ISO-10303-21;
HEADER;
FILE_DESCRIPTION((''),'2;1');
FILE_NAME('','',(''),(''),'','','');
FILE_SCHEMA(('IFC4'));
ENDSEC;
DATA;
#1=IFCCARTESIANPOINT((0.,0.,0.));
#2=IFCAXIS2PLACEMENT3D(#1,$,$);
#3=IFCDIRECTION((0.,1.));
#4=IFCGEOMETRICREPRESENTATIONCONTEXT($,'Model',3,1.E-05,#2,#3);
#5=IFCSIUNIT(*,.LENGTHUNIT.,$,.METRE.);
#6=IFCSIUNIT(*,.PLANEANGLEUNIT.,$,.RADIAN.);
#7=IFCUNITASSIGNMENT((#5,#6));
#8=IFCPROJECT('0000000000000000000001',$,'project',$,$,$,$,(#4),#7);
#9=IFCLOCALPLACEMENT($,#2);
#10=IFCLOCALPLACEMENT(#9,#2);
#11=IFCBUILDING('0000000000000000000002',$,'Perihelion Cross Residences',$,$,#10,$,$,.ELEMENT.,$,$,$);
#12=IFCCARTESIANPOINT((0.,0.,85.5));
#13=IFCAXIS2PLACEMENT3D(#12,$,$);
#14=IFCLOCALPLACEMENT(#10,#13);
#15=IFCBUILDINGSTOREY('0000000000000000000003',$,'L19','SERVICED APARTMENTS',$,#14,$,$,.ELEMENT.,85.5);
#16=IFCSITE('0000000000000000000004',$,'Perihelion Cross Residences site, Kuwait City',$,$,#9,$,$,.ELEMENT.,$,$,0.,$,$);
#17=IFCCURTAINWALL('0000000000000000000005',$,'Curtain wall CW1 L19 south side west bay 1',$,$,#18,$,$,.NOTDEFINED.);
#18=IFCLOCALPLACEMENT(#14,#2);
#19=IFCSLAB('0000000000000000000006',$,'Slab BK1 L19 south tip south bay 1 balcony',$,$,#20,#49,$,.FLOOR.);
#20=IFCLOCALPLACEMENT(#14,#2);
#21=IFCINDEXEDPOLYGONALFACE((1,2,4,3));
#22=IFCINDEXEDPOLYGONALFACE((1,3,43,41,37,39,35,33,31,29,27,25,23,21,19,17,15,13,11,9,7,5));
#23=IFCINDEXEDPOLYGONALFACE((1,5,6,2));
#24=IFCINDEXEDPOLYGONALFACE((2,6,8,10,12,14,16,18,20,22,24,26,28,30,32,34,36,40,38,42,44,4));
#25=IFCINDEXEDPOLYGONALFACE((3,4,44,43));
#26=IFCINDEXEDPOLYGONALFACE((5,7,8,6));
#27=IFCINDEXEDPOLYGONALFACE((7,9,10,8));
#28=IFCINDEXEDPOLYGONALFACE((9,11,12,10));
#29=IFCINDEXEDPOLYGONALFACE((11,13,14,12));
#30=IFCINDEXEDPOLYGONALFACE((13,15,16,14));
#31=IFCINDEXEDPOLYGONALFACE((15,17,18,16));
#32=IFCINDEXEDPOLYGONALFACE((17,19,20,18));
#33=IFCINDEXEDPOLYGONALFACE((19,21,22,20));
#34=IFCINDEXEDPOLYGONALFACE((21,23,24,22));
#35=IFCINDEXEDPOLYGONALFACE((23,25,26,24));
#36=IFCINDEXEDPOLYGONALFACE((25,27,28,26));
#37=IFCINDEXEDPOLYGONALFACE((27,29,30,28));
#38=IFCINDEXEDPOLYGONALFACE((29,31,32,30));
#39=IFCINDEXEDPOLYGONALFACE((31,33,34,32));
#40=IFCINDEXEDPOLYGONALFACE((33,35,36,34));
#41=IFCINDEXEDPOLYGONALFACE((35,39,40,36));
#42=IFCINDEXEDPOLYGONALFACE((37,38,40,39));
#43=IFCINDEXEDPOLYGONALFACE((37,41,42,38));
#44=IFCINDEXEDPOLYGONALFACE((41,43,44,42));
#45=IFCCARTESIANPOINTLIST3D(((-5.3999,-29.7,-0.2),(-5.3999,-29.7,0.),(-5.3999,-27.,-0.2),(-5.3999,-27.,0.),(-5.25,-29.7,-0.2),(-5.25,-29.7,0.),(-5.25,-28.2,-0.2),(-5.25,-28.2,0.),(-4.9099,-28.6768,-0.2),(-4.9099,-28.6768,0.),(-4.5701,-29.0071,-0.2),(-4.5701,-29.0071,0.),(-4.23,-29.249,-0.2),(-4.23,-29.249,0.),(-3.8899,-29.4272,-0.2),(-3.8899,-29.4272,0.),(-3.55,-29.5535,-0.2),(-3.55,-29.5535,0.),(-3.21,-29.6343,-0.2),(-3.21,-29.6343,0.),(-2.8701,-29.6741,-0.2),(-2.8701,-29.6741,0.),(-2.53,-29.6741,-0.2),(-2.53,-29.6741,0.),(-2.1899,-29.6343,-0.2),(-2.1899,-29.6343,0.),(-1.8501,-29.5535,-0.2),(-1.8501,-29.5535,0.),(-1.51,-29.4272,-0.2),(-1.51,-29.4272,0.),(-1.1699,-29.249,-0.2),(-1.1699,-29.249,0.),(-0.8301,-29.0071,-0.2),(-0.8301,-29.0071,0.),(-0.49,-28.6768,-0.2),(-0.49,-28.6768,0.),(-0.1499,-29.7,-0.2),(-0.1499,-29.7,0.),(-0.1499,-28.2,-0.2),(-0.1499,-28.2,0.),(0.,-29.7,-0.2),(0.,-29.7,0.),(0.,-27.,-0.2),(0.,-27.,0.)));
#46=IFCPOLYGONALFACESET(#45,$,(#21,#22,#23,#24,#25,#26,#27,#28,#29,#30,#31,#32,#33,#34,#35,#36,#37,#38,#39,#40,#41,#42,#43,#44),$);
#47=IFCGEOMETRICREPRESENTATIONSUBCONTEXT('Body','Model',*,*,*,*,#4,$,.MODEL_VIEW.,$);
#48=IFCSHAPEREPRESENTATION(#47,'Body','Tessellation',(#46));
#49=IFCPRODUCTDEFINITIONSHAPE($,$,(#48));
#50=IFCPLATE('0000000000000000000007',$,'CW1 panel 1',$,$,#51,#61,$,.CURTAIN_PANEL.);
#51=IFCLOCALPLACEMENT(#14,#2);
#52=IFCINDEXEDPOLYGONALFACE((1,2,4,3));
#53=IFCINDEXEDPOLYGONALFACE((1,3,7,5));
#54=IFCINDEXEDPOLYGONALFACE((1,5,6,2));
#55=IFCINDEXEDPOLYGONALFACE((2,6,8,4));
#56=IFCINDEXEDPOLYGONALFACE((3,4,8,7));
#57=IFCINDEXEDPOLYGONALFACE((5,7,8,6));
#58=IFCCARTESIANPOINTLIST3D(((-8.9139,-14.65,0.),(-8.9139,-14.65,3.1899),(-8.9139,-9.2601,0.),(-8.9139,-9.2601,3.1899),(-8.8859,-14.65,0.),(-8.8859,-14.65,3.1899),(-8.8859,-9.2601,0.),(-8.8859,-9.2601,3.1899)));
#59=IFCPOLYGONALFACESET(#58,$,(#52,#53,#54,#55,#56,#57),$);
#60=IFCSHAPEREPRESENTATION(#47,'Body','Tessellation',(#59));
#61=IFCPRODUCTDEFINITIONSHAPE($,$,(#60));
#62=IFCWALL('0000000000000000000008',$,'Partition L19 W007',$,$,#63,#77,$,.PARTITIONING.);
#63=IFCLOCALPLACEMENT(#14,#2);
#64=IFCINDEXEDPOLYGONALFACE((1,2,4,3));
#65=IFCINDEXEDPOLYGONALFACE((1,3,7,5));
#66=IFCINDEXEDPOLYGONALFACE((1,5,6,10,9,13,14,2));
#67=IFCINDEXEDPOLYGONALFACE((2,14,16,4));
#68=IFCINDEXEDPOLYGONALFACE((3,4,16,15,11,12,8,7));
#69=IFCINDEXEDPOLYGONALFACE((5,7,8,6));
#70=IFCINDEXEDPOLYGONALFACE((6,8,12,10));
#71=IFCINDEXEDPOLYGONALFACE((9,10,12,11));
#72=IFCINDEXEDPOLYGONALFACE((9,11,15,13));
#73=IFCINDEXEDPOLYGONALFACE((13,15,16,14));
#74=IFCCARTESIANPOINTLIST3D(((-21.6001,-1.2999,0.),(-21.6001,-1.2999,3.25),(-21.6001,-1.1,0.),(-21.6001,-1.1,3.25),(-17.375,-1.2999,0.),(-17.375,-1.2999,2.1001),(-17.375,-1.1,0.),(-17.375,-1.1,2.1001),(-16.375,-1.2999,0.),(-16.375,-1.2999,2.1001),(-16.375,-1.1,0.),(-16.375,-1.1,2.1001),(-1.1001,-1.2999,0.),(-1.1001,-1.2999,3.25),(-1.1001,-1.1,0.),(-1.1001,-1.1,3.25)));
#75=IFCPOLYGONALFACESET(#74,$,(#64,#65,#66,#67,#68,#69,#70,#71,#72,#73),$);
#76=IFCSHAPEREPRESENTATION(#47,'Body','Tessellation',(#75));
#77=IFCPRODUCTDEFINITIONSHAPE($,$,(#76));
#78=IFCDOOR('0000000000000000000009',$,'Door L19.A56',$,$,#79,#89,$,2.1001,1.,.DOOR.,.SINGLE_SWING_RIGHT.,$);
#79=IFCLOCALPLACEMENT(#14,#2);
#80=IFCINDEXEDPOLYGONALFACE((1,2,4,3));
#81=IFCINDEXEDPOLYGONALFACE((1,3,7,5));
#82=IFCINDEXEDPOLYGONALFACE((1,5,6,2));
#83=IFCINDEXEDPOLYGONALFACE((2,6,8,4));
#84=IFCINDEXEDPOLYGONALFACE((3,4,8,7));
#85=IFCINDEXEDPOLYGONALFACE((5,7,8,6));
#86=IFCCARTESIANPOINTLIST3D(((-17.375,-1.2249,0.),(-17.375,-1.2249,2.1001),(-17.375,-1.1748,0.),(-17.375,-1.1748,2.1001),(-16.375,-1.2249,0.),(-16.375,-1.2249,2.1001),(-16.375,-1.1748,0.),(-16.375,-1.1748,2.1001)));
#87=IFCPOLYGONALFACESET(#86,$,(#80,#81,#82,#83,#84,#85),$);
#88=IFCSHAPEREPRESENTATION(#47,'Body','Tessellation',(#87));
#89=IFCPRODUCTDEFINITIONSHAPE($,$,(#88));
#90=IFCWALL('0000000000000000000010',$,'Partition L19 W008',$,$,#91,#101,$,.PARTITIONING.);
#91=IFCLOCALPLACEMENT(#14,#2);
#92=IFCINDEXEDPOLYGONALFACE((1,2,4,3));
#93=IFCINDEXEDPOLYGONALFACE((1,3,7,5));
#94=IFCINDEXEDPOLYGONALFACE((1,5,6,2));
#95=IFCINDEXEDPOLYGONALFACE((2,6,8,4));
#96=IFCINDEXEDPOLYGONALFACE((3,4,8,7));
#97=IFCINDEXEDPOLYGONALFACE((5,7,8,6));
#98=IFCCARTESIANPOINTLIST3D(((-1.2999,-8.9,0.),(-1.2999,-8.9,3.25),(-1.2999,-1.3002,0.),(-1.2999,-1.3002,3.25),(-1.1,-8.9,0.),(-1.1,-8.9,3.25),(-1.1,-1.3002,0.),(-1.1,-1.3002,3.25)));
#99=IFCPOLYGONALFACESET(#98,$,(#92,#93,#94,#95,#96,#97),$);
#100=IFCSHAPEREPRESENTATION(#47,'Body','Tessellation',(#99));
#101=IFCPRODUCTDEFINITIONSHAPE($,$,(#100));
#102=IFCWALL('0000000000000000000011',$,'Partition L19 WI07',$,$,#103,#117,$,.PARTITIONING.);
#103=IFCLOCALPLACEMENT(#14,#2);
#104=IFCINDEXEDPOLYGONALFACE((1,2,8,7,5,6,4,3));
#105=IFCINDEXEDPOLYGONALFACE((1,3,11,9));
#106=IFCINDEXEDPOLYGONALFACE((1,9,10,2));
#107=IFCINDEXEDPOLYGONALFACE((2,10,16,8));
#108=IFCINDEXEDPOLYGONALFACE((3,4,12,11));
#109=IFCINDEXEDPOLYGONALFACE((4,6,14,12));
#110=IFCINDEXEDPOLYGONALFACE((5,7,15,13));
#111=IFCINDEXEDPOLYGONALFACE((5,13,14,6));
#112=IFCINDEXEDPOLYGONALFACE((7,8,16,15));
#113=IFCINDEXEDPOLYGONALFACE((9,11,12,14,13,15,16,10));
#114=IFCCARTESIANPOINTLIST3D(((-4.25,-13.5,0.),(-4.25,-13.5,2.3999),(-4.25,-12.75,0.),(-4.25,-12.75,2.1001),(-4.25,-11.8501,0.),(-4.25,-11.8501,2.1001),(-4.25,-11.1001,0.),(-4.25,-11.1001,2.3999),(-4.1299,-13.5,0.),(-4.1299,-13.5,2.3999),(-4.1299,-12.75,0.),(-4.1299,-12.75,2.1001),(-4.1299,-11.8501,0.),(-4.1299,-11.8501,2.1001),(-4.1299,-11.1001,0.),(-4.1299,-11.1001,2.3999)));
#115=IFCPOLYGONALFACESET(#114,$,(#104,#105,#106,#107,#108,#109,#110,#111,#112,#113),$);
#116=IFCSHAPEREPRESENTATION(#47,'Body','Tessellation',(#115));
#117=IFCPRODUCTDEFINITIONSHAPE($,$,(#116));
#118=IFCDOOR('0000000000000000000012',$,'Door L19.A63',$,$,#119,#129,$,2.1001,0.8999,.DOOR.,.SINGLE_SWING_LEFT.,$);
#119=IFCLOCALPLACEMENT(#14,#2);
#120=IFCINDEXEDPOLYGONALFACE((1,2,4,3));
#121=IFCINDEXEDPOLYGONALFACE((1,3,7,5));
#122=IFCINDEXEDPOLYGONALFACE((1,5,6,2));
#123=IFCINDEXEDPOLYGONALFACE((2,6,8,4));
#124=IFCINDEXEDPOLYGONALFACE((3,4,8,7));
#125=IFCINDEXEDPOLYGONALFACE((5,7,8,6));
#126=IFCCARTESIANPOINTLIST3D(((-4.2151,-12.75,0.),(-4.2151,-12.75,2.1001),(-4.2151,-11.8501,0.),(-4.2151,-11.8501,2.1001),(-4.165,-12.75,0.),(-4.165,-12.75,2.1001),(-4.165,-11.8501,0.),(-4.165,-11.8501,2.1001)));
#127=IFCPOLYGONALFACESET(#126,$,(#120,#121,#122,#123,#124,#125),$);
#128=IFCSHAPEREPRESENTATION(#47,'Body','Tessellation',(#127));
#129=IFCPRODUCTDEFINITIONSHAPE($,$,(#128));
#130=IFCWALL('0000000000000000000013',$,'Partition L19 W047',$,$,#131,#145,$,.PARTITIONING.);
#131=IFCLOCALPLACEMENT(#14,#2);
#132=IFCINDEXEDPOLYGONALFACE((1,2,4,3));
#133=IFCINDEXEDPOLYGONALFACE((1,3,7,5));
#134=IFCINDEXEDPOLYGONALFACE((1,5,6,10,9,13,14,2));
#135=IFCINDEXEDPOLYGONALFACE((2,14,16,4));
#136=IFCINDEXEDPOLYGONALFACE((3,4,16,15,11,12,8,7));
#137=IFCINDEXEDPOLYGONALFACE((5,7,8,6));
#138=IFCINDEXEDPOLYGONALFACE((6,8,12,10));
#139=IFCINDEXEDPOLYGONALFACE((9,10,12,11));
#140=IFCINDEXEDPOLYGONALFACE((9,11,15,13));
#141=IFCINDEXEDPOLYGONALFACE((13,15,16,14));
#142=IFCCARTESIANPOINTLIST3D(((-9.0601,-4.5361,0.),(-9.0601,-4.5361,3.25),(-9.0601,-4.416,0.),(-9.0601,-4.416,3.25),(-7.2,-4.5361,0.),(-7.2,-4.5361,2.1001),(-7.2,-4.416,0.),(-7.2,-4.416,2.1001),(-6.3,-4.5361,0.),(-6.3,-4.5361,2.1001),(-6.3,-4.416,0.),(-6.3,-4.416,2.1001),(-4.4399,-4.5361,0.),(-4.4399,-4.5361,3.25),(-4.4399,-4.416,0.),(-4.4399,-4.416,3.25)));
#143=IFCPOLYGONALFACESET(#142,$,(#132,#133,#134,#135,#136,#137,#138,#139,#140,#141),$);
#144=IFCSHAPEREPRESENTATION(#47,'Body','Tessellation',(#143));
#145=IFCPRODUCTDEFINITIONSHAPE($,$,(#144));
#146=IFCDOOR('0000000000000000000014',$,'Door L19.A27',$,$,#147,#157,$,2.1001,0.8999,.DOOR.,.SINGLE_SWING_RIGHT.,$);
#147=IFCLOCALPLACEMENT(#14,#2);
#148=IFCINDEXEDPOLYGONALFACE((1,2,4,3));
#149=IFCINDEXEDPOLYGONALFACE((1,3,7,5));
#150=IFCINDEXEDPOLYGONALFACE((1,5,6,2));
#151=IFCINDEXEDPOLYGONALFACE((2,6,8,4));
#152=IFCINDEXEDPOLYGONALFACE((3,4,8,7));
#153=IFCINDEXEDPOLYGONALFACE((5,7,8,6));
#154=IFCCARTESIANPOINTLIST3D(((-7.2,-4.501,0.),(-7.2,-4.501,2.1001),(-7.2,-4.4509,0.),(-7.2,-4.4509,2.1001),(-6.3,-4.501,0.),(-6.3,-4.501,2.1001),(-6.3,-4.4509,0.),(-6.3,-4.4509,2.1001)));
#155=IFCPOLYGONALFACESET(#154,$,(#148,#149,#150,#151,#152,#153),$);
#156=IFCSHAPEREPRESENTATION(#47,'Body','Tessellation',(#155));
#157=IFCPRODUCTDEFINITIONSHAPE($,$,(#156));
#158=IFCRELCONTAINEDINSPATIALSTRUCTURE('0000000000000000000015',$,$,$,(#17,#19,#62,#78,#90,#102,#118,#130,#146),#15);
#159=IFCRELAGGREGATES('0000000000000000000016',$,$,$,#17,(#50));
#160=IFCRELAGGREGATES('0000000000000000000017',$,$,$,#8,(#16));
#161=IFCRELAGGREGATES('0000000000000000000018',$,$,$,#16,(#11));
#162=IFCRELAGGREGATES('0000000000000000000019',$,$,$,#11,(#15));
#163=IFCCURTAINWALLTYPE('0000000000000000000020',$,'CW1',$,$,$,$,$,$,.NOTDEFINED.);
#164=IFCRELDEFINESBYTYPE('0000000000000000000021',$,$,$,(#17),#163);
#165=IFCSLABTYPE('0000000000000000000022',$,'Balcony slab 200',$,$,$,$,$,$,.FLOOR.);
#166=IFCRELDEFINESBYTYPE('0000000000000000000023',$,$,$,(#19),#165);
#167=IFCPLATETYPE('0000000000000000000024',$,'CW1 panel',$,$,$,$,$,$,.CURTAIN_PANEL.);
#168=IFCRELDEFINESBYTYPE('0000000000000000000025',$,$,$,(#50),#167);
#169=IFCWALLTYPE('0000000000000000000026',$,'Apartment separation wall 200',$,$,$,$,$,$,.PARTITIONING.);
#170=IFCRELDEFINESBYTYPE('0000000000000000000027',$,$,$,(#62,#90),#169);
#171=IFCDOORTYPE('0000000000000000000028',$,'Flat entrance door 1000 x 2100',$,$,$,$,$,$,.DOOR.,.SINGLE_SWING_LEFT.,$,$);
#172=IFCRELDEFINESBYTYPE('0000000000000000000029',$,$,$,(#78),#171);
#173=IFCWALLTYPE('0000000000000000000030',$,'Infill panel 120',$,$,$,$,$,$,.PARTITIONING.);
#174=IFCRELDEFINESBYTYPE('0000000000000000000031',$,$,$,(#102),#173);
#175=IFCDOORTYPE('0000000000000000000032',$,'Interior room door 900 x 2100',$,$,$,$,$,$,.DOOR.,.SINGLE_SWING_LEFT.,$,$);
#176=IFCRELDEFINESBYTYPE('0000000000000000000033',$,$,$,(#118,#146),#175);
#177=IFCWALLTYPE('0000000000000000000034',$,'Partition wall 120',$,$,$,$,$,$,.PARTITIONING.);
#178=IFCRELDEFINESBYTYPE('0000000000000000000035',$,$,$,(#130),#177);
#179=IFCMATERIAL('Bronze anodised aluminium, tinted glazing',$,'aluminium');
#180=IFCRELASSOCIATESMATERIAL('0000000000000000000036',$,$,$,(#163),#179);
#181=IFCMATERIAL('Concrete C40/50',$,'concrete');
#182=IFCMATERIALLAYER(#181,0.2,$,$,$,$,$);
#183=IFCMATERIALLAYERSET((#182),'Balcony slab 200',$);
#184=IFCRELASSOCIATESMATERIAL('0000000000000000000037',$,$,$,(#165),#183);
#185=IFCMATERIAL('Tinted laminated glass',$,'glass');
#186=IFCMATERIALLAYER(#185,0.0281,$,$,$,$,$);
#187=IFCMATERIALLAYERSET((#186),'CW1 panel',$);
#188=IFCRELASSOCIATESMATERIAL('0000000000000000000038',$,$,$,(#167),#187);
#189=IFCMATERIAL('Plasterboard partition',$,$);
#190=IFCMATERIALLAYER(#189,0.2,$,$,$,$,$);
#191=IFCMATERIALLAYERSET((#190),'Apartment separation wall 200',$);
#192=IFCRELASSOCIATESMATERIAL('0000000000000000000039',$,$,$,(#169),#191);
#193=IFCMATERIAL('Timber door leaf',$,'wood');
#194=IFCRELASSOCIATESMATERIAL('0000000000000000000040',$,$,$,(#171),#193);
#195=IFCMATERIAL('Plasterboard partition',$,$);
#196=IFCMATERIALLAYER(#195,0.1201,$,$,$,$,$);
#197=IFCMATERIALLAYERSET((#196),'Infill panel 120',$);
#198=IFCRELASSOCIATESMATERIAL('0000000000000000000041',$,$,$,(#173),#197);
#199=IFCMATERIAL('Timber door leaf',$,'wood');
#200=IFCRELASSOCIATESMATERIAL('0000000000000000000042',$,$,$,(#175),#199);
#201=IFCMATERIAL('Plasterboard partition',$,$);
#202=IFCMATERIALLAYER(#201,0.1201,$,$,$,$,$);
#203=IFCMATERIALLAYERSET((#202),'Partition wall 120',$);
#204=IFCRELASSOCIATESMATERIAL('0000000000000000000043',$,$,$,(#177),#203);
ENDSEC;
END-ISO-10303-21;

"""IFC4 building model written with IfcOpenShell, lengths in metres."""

from ifc_helpers import new_model, si_unit, direction, frame, frame_2d, origin, origin_2d, place, context, subcontext, project, spatial, polyline, rectangle, outline, extrude, material, layer, layer_set, type_object, element, fill, aggregate, save


model = new_model("IFC4")

# Units and contexts
model_context = context("Model", 3, precision=1e-05, world=origin(), true_north=direction((0.0, 1.0)))
body_context = subcontext(model_context, "Body", "Model", "MODEL_VIEW")
ifc_project = project(units=[si_unit("LENGTHUNIT", "METRE"), si_unit("PLANEANGLEUNIT", "RADIAN")], contexts=[model_context])

# Site, building, storey
site_placement = place(None, origin())
site = spatial("IfcSite", under=ifc_project, at=site_placement, Name="Perihelion Cross Residences site, Kuwait City", CompositionType="ELEMENT", RefElevation=0.0)
building_placement = place(site_placement, origin())
building = spatial("IfcBuilding", under=site, at=building_placement, Name="Perihelion Cross Residences", CompositionType="ELEMENT")
storey_placement = place(building_placement, frame((0.0, 0.0, 85.5)))
storey = spatial("IfcBuildingStorey", under=building, at=storey_placement, Name="L19", Description="SERVICED APARTMENTS", CompositionType="ELEMENT", Elevation=85.5)

# Curtain wall
ifc_material_1 = material(Name="Bronze anodised aluminium, tinted glazing", Category="aluminium")
curtain_wall_type = type_object("IfcCurtainWallType", Name="CW1", PredefinedType="NOTDEFINED", material=ifc_material_1)
curtain_wall_placement = place(storey_placement, origin())
curtain_wall = element("IfcCurtainWall", 1, at=curtain_wall_placement, inside=storey, type_object=curtain_wall_type, Name="Curtain wall CW1 L19 south side west bay 1", PredefinedType="NOTDEFINED")

# Slab
ifc_material_2 = material(Name="Concrete C40/50", Category="concrete")
ifc_layer_1 = layer(ifc_material_2, 0.2)
ifc_layer_set_1 = layer_set([ifc_layer_1], Name="Balcony slab 200")
slab_type_1 = type_object("IfcSlabType", Name="Balcony slab 200", PredefinedType="FLOOR", material=ifc_layer_set_1)
slab_1_placement = place(storey_placement, frame((0.0, 0.0, -0.2)))
element("IfcSlab", 2, at=slab_1_placement, inside=storey, type_object=slab_type_1, Name="Slab BK1 L19 south tip south bay 1 balcony", PredefinedType="FLOOR", context=body_context, shape_type="SweptSolid", body=[
    extrude(outline(polyline([(-5.3999, -27.0), (0.0, -27.0), (0.0, -29.7), (-0.1499, -29.7), (-0.1499, -28.2), (-0.49, -28.6768), (-0.8301, -29.0071), (-1.1699, -29.249), (-1.51, -29.4272), (-1.8501, -29.5535), (-2.1899, -29.6343), (-2.53, -29.6741), (-2.8701, -29.6741), (-3.21, -29.6343), (-3.55, -29.5535), (-3.8899, -29.4272), (-4.23, -29.249), (-4.5701, -29.0071), (-4.9099, -28.6768), (-5.25, -28.2), (-5.25, -29.7), (-5.3999, -29.7), (-5.3999, -27.0)])), origin(), (0.0, 0.0, 1.0), 0.2),
])

# Plate
ifc_material_3 = material(Name="Tinted laminated glass", Category="glass")
ifc_layer_2 = layer(ifc_material_3, 0.0281)
ifc_layer_set_2 = layer_set([ifc_layer_2], Name="CW1 panel")
plate_type = type_object("IfcPlateType", Name="CW1 panel", PredefinedType="CURTAIN_PANEL", material=ifc_layer_set_2)
plate_placement = place(storey_placement, frame((-8.8999, -11.9551, 0.0), z_axis=(0.0, 0.0, 1.0), x_axis=(0.0, -1.0, 0.0)))
plate = element("IfcPlate", 3, at=plate_placement, type_object=plate_type, Name="CW1 panel 1", PredefinedType="CURTAIN_PANEL", context=body_context, shape_type="SweptSolid", body=[
    extrude(rectangle(XDim=5.3899, YDim=0.0281, at=origin_2d()), origin(), (0.0, 0.0, 1.0), 3.1899),
])
aggregate(curtain_wall, [plate])

# Wall, opening, door
ifc_material_4 = material(Name="Plasterboard partition")
ifc_layer_3 = layer(ifc_material_4, 0.2)
ifc_layer_set_3 = layer_set([ifc_layer_3], Name="Apartment separation wall 200")
wall_type_1 = type_object("IfcWallType", Name="Apartment separation wall 200", PredefinedType="PARTITIONING", material=ifc_layer_set_3)
wall_1_placement = place(storey_placement, frame((-1.1001, -1.2, 0.0), z_axis=(0.0, 0.0, 1.0), x_axis=(-1.0, 0.0, 0.0)))
wall_1 = element("IfcWall", 4, at=wall_1_placement, inside=storey, type_object=wall_type_1, Name="Partition L19 W007", PredefinedType="PARTITIONING", context=body_context, shape_type="SweptSolid", body=[
    extrude(rectangle(XDim=20.5, YDim=0.2, at=frame_2d((10.25, 0.0))), origin(), (0.0, 0.0, 1.0), 3.25),
])
opening_1_placement = place(wall_1_placement, frame((15.2749, 0.0, 0.0)))
opening_1 = element("IfcOpeningElement", 5, at=opening_1_placement, cuts=wall_1, PredefinedType="OPENING", context=body_context, shape_type="SweptSolid", body=[
    extrude(rectangle(XDim=1.0, YDim=2.1001, at=frame_2d((0.5, 1.05))), frame((0.0, 0.1099, 0.0), z_axis=(0.0, -1.0, 0.0), x_axis=(1.0, 0.0, 0.0)), (0.0, 0.0, 1.0), 0.22),
])
ifc_material_5 = material(Name="Timber door leaf", Category="wood")
door_type_1 = type_object("IfcDoorType", Name="Flat entrance door 1000 x 2100", OperationType="SINGLE_SWING_LEFT", PredefinedType="DOOR", material=ifc_material_5)
door_1_placement = place(opening_1_placement, origin())
door_1 = element("IfcDoor", 6, at=door_1_placement, inside=storey, type_object=door_type_1, Name="Door L19.A56", OperationType="SINGLE_SWING_RIGHT", OverallHeight=2.1001, OverallWidth=1.0, PredefinedType="DOOR", context=body_context, shape_type="SweptSolid", body=[
    extrude(rectangle(XDim=1.0, YDim=2.1001, at=frame_2d((0.5, 1.05))), frame((0.0, 0.0249, 0.0), z_axis=(0.0, -1.0, 0.0), x_axis=(1.0, 0.0, 0.0)), (0.0, 0.0, 1.0), 0.05),
])
fill(opening_1, door_1)

# Wall
wall_2_placement = place(storey_placement, frame((-1.2, -8.8999, 0.0), z_axis=(0.0, 0.0, 1.0), x_axis=(0.0, 1.0, 0.0)))
element("IfcWall", 7, at=wall_2_placement, inside=storey, type_object=wall_type_1, Name="Partition L19 W008", PredefinedType="PARTITIONING", context=body_context, shape_type="SweptSolid", body=[
    extrude(rectangle(XDim=7.5999, YDim=0.2, at=frame_2d((3.7998, 0.0))), origin(), (0.0, 0.0, 1.0), 3.25),
])

# Walls, openings, doors
ifc_material_6 = material(Name="Plasterboard partition")
ifc_layer_4 = layer(ifc_material_6, 0.1201)
ifc_layer_set_4 = layer_set([ifc_layer_4], Name="Infill panel 120")
wall_type_2 = type_object("IfcWallType", Name="Infill panel 120", PredefinedType="PARTITIONING", material=ifc_layer_set_4)
wall_3_placement = place(storey_placement, frame((-4.1899, -11.1001, 0.0), z_axis=(0.0, 0.0, 1.0), x_axis=(0.0, -1.0, 0.0)))
wall_3 = element("IfcWall", 8, at=wall_3_placement, inside=storey, type_object=wall_type_2, Name="Partition L19 WI07", PredefinedType="PARTITIONING", context=body_context, shape_type="SweptSolid", body=[
    extrude(rectangle(XDim=2.3999, YDim=0.1201, at=frame_2d((1.2, 0.0))), origin(), (0.0, 0.0, 1.0), 2.3999),
])
opening_2_placement = place(wall_3_placement, frame((0.75, 0.0, 0.0)))
opening_2 = element("IfcOpeningElement", 9, at=opening_2_placement, cuts=wall_3, PredefinedType="OPENING", context=body_context, shape_type="SweptSolid", body=[
    extrude(rectangle(XDim=0.8999, YDim=2.1001, at=frame_2d((0.45, 1.05))), frame((0.0, 0.0701, 0.0), z_axis=(0.0, -1.0, 0.0), x_axis=(1.0, 0.0, 0.0)), (0.0, 0.0, 1.0), 0.1401),
])
ifc_material_7 = material(Name="Timber door leaf", Category="wood")
door_type_2 = type_object("IfcDoorType", Name="Interior room door 900 x 2100", OperationType="SINGLE_SWING_LEFT", PredefinedType="DOOR", material=ifc_material_7)
door_2_placement = place(opening_2_placement, origin())
door_2 = element("IfcDoor", 10, at=door_2_placement, inside=storey, type_object=door_type_2, Name="Door L19.A63", OperationType="SINGLE_SWING_LEFT", OverallHeight=2.1001, OverallWidth=0.8999, PredefinedType="DOOR", context=body_context, shape_type="SweptSolid", body=[
    extrude(rectangle(XDim=0.8999, YDim=2.1001, at=frame_2d((0.45, 1.05))), frame((0.0, 0.0249, 0.0), z_axis=(0.0, -1.0, 0.0), x_axis=(1.0, 0.0, 0.0)), (0.0, 0.0, 1.0), 0.05),
])
fill(opening_2, door_2)
ifc_material_8 = material(Name="Plasterboard partition")
ifc_layer_5 = layer(ifc_material_8, 0.1201)
ifc_layer_set_5 = layer_set([ifc_layer_5], Name="Partition wall 120")
wall_type_3 = type_object("IfcWallType", Name="Partition wall 120", PredefinedType="PARTITIONING", material=ifc_layer_set_5)
wall_4_placement = place(storey_placement, frame((-4.4399, -4.4761, 0.0), z_axis=(0.0, 0.0, 1.0), x_axis=(-1.0, 0.0, 0.0)))
wall_4 = element("IfcWall", 11, at=wall_4_placement, inside=storey, type_object=wall_type_3, Name="Partition L19 W047", PredefinedType="PARTITIONING", context=body_context, shape_type="SweptSolid", body=[
    extrude(rectangle(XDim=4.6201, YDim=0.1201, at=frame_2d((2.3101, 0.0))), origin(), (0.0, 0.0, 1.0), 3.25),
])
opening_3_placement = place(wall_4_placement, frame((1.8601, 0.0, 0.0)))
opening_3 = element("IfcOpeningElement", 12, at=opening_3_placement, cuts=wall_4, PredefinedType="OPENING", context=body_context, shape_type="SweptSolid", body=[
    extrude(rectangle(XDim=0.8999, YDim=2.1001, at=frame_2d((0.45, 1.05))), frame((0.0, 0.0701, 0.0), z_axis=(0.0, -1.0, 0.0), x_axis=(1.0, 0.0, 0.0)), (0.0, 0.0, 1.0), 0.1401),
])
door_3_placement = place(opening_3_placement, origin())
door_3 = element("IfcDoor", 13, at=door_3_placement, inside=storey, type_object=door_type_2, Name="Door L19.A27", OperationType="SINGLE_SWING_RIGHT", OverallHeight=2.1001, OverallWidth=0.8999, PredefinedType="DOOR", context=body_context, shape_type="SweptSolid", body=[
    extrude(rectangle(XDim=0.8999, YDim=2.1001, at=frame_2d((0.45, 1.05))), frame((0.0, 0.0249, 0.0), z_axis=(0.0, -1.0, 0.0), x_axis=(1.0, 0.0, 0.0)), (0.0, 0.0, 1.0), 0.05),
])
fill(opening_3, door_3)

save(model, "model.ifc")
